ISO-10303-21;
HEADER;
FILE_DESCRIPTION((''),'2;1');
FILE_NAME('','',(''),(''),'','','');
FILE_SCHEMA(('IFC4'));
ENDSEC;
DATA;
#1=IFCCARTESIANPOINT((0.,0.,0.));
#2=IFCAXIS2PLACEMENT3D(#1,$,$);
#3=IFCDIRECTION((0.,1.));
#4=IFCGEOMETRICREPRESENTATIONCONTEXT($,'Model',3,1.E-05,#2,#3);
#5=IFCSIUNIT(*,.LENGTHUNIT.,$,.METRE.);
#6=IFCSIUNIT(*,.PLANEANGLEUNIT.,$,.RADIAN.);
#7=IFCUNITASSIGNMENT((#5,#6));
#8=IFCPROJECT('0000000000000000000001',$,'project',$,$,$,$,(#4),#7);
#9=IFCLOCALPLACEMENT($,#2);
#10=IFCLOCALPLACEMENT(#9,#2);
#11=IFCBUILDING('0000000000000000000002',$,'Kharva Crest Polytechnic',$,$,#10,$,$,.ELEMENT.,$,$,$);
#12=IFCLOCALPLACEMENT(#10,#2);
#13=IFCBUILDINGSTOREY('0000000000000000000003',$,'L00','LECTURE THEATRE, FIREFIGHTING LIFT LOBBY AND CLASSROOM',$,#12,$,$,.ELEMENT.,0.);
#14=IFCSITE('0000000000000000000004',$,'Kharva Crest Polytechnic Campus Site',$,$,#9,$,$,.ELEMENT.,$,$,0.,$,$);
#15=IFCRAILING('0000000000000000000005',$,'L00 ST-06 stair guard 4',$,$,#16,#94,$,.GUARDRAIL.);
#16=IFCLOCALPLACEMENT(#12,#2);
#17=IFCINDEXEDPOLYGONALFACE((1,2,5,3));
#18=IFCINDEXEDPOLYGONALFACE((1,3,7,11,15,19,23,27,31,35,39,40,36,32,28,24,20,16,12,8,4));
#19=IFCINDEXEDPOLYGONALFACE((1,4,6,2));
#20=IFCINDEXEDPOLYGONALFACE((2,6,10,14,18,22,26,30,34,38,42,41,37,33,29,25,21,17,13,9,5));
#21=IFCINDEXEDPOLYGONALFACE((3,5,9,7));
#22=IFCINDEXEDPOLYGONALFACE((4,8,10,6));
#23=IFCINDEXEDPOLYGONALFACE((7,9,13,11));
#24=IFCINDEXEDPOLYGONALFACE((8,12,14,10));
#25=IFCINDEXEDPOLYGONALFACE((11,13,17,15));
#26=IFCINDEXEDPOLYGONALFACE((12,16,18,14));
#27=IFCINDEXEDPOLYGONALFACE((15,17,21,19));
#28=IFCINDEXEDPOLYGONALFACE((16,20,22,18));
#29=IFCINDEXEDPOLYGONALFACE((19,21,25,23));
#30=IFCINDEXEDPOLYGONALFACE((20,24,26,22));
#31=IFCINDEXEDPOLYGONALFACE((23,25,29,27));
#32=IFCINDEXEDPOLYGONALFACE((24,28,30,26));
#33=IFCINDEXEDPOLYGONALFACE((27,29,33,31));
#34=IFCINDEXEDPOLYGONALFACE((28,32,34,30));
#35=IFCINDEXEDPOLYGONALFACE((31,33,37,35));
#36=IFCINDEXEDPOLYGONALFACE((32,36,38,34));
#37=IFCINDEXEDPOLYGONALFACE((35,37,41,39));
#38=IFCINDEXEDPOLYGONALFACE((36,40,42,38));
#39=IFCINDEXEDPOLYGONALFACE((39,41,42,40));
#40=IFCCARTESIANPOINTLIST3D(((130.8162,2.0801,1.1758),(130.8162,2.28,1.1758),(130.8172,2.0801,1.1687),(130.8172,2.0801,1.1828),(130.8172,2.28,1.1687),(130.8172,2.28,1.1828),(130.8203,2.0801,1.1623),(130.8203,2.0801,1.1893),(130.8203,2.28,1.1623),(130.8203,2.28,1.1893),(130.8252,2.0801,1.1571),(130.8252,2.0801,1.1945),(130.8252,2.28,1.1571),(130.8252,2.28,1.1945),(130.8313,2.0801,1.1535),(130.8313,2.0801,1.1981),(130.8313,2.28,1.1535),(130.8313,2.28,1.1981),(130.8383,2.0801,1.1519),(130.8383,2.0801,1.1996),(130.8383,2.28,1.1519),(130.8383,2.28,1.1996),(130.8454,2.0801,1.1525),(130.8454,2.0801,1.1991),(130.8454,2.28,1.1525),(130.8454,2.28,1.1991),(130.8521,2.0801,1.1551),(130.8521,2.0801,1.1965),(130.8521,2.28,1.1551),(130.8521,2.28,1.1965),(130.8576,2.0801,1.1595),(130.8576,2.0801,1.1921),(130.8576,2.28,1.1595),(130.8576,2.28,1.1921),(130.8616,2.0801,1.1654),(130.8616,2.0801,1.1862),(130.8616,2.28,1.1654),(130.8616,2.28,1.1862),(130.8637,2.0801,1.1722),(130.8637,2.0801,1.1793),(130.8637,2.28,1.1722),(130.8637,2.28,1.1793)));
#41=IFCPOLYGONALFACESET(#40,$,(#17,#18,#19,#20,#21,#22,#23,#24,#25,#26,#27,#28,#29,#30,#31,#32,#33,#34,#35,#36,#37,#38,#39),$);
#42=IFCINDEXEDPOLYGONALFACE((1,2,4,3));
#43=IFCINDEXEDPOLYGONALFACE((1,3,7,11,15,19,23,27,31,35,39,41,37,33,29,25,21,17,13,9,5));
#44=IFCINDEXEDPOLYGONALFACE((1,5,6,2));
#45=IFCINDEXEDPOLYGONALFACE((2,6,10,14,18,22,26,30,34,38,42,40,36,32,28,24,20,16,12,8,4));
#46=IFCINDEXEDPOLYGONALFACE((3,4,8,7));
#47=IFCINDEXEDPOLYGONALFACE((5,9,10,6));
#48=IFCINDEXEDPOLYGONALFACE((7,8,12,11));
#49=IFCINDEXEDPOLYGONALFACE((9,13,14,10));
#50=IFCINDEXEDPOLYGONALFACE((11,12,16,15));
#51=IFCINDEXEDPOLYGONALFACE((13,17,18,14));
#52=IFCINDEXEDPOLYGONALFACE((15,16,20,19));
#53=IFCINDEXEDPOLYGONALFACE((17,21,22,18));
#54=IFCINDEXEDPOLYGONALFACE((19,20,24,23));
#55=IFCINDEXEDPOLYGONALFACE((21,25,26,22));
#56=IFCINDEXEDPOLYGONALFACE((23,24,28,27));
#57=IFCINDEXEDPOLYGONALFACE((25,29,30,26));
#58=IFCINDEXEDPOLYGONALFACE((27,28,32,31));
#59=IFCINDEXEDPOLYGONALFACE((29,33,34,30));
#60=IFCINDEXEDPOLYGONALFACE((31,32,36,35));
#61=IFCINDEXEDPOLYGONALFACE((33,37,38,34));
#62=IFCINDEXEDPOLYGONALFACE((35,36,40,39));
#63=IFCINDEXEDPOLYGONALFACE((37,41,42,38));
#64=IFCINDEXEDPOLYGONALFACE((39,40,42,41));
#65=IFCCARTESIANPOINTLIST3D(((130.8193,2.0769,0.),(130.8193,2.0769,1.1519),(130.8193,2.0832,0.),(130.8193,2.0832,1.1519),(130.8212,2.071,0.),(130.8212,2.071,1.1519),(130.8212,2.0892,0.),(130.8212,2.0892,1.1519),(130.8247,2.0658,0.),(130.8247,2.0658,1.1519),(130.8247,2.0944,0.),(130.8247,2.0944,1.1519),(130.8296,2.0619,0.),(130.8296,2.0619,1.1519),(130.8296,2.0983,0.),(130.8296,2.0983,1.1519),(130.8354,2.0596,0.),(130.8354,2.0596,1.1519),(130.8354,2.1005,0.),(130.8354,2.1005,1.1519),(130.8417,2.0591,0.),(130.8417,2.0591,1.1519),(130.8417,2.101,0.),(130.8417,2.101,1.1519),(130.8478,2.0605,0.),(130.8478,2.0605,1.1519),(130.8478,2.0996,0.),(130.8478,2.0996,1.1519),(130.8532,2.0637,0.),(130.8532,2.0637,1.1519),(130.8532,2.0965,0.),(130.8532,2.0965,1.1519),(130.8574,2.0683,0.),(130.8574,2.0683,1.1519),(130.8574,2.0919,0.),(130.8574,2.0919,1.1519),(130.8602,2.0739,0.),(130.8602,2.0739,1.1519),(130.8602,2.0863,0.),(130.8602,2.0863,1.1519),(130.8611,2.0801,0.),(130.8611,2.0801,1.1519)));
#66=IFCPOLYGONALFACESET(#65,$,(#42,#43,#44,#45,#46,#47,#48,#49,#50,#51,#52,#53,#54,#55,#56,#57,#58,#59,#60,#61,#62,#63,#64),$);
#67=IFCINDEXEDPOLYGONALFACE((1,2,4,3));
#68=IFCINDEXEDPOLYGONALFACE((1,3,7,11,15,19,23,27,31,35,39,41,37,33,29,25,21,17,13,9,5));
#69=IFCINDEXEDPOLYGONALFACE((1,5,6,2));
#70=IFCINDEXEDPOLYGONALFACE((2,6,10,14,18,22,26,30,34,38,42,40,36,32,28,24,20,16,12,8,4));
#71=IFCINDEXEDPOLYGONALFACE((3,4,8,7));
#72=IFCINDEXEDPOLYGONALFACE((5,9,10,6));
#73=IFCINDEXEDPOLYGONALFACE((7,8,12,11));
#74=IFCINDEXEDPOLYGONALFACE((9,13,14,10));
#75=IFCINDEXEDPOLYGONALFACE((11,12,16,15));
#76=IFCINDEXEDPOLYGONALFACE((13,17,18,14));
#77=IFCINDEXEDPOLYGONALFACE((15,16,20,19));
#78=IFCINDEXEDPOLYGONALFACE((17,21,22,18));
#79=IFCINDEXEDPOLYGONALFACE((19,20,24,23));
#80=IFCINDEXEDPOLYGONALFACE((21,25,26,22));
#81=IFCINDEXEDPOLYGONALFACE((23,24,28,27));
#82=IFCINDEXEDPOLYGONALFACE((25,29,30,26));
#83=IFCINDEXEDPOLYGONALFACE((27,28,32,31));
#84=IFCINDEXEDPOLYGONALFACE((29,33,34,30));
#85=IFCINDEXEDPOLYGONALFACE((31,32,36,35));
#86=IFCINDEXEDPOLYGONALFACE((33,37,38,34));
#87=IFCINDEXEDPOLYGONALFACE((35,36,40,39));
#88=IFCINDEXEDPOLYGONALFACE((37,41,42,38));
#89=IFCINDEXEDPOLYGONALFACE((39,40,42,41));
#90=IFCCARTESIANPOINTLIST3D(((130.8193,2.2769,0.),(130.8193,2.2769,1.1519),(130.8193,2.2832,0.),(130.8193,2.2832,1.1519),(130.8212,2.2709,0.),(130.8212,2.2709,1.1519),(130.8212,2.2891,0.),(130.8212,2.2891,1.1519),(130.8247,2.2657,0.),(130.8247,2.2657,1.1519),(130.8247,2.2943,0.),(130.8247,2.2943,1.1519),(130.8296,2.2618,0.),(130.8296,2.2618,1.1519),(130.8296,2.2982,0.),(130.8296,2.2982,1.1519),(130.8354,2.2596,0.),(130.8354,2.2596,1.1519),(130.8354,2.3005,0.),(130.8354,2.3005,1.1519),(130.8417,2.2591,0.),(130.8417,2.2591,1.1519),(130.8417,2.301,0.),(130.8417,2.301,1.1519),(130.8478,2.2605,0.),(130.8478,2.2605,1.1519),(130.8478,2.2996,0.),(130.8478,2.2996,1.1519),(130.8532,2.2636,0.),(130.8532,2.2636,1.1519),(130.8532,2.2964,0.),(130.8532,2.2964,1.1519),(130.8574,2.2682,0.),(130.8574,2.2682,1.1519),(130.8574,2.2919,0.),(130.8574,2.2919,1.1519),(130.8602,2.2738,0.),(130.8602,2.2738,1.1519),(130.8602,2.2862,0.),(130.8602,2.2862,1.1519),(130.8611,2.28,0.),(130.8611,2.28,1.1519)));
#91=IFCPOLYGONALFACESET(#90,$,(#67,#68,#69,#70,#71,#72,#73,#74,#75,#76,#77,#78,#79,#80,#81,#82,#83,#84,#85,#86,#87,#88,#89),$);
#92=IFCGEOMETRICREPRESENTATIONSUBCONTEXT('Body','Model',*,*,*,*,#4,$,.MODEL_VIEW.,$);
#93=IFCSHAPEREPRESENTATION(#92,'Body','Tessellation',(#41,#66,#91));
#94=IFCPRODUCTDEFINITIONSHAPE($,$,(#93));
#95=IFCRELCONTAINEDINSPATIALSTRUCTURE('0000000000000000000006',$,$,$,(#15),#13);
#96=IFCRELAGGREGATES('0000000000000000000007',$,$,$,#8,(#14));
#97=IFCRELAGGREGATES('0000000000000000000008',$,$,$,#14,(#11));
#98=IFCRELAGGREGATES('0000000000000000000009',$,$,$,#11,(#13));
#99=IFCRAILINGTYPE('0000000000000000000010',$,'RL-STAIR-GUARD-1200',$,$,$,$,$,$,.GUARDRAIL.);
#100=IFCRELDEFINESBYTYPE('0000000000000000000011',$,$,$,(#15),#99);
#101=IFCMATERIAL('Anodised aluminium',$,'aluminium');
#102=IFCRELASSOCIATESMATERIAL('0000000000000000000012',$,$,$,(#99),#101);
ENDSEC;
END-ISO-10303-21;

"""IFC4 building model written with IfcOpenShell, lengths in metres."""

from ifc_helpers import new_model, si_unit, direction, frame, origin, origin_2d, place, context, subcontext, project, spatial, circle, extrude, material, type_object, element, save


model = new_model("IFC4")

# Units and contexts
model_context = context("Model", 3, precision=1e-05, world=origin(), true_north=direction((0.0, 1.0)))
body_context = subcontext(model_context, "Body", "Model", "MODEL_VIEW")
ifc_project = project(units=[si_unit("LENGTHUNIT", "METRE"), si_unit("PLANEANGLEUNIT", "RADIAN")], contexts=[model_context])

# Site, building, storey
site_placement = place(None, origin())
site = spatial("IfcSite", under=ifc_project, at=site_placement, Name="Kharva Crest Polytechnic Campus Site", CompositionType="ELEMENT", RefElevation=0.0)
building_placement = place(site_placement, origin())
building = spatial("IfcBuilding", under=site, at=building_placement, Name="Kharva Crest Polytechnic", CompositionType="ELEMENT")
storey_placement = place(building_placement, origin())
storey = spatial("IfcBuildingStorey", under=building, at=storey_placement, Name="L00", Description="LECTURE THEATRE, FIREFIGHTING LIFT LOBBY AND CLASSROOM", CompositionType="ELEMENT", Elevation=0.0)

# Shared definitions
ifc_material_1 = material(Name="Anodised aluminium", Category="aluminium")

# Railing
railing_type_1 = type_object("IfcRailingType", Name="RL-STAIR-GUARD-1200", PredefinedType="GUARDRAIL", material=ifc_material_1)
railing_1_placement = place(storey_placement, frame((130.8401, 2.0801, 0.0)))
element("IfcRailing", 1, at=railing_1_placement, inside=storey, type_object=railing_type_1, Name="L00 ST-06 stair guard 4", PredefinedType="GUARDRAIL", context=body_context, shape_type="SweptSolid", body=[
    extrude(circle(Radius=0.0239, at=origin_2d()), frame((0.0, 0.0, 1.1758), z_axis=(0.0, 1.0, 0.0), x_axis=(-1.0, 0.0, 0.0)), (0.0, 0.0, 1.0), 0.2),
    extrude(circle(Radius=0.021, at=origin_2d()), origin(), (0.0, 0.0, 1.0), 1.1519),
    extrude(circle(Radius=0.021, at=origin_2d()), frame((0.0, 0.2, 0.0)), (0.0, 0.0, 1.0), 1.1519),
])

save(model, "model.ifc")
